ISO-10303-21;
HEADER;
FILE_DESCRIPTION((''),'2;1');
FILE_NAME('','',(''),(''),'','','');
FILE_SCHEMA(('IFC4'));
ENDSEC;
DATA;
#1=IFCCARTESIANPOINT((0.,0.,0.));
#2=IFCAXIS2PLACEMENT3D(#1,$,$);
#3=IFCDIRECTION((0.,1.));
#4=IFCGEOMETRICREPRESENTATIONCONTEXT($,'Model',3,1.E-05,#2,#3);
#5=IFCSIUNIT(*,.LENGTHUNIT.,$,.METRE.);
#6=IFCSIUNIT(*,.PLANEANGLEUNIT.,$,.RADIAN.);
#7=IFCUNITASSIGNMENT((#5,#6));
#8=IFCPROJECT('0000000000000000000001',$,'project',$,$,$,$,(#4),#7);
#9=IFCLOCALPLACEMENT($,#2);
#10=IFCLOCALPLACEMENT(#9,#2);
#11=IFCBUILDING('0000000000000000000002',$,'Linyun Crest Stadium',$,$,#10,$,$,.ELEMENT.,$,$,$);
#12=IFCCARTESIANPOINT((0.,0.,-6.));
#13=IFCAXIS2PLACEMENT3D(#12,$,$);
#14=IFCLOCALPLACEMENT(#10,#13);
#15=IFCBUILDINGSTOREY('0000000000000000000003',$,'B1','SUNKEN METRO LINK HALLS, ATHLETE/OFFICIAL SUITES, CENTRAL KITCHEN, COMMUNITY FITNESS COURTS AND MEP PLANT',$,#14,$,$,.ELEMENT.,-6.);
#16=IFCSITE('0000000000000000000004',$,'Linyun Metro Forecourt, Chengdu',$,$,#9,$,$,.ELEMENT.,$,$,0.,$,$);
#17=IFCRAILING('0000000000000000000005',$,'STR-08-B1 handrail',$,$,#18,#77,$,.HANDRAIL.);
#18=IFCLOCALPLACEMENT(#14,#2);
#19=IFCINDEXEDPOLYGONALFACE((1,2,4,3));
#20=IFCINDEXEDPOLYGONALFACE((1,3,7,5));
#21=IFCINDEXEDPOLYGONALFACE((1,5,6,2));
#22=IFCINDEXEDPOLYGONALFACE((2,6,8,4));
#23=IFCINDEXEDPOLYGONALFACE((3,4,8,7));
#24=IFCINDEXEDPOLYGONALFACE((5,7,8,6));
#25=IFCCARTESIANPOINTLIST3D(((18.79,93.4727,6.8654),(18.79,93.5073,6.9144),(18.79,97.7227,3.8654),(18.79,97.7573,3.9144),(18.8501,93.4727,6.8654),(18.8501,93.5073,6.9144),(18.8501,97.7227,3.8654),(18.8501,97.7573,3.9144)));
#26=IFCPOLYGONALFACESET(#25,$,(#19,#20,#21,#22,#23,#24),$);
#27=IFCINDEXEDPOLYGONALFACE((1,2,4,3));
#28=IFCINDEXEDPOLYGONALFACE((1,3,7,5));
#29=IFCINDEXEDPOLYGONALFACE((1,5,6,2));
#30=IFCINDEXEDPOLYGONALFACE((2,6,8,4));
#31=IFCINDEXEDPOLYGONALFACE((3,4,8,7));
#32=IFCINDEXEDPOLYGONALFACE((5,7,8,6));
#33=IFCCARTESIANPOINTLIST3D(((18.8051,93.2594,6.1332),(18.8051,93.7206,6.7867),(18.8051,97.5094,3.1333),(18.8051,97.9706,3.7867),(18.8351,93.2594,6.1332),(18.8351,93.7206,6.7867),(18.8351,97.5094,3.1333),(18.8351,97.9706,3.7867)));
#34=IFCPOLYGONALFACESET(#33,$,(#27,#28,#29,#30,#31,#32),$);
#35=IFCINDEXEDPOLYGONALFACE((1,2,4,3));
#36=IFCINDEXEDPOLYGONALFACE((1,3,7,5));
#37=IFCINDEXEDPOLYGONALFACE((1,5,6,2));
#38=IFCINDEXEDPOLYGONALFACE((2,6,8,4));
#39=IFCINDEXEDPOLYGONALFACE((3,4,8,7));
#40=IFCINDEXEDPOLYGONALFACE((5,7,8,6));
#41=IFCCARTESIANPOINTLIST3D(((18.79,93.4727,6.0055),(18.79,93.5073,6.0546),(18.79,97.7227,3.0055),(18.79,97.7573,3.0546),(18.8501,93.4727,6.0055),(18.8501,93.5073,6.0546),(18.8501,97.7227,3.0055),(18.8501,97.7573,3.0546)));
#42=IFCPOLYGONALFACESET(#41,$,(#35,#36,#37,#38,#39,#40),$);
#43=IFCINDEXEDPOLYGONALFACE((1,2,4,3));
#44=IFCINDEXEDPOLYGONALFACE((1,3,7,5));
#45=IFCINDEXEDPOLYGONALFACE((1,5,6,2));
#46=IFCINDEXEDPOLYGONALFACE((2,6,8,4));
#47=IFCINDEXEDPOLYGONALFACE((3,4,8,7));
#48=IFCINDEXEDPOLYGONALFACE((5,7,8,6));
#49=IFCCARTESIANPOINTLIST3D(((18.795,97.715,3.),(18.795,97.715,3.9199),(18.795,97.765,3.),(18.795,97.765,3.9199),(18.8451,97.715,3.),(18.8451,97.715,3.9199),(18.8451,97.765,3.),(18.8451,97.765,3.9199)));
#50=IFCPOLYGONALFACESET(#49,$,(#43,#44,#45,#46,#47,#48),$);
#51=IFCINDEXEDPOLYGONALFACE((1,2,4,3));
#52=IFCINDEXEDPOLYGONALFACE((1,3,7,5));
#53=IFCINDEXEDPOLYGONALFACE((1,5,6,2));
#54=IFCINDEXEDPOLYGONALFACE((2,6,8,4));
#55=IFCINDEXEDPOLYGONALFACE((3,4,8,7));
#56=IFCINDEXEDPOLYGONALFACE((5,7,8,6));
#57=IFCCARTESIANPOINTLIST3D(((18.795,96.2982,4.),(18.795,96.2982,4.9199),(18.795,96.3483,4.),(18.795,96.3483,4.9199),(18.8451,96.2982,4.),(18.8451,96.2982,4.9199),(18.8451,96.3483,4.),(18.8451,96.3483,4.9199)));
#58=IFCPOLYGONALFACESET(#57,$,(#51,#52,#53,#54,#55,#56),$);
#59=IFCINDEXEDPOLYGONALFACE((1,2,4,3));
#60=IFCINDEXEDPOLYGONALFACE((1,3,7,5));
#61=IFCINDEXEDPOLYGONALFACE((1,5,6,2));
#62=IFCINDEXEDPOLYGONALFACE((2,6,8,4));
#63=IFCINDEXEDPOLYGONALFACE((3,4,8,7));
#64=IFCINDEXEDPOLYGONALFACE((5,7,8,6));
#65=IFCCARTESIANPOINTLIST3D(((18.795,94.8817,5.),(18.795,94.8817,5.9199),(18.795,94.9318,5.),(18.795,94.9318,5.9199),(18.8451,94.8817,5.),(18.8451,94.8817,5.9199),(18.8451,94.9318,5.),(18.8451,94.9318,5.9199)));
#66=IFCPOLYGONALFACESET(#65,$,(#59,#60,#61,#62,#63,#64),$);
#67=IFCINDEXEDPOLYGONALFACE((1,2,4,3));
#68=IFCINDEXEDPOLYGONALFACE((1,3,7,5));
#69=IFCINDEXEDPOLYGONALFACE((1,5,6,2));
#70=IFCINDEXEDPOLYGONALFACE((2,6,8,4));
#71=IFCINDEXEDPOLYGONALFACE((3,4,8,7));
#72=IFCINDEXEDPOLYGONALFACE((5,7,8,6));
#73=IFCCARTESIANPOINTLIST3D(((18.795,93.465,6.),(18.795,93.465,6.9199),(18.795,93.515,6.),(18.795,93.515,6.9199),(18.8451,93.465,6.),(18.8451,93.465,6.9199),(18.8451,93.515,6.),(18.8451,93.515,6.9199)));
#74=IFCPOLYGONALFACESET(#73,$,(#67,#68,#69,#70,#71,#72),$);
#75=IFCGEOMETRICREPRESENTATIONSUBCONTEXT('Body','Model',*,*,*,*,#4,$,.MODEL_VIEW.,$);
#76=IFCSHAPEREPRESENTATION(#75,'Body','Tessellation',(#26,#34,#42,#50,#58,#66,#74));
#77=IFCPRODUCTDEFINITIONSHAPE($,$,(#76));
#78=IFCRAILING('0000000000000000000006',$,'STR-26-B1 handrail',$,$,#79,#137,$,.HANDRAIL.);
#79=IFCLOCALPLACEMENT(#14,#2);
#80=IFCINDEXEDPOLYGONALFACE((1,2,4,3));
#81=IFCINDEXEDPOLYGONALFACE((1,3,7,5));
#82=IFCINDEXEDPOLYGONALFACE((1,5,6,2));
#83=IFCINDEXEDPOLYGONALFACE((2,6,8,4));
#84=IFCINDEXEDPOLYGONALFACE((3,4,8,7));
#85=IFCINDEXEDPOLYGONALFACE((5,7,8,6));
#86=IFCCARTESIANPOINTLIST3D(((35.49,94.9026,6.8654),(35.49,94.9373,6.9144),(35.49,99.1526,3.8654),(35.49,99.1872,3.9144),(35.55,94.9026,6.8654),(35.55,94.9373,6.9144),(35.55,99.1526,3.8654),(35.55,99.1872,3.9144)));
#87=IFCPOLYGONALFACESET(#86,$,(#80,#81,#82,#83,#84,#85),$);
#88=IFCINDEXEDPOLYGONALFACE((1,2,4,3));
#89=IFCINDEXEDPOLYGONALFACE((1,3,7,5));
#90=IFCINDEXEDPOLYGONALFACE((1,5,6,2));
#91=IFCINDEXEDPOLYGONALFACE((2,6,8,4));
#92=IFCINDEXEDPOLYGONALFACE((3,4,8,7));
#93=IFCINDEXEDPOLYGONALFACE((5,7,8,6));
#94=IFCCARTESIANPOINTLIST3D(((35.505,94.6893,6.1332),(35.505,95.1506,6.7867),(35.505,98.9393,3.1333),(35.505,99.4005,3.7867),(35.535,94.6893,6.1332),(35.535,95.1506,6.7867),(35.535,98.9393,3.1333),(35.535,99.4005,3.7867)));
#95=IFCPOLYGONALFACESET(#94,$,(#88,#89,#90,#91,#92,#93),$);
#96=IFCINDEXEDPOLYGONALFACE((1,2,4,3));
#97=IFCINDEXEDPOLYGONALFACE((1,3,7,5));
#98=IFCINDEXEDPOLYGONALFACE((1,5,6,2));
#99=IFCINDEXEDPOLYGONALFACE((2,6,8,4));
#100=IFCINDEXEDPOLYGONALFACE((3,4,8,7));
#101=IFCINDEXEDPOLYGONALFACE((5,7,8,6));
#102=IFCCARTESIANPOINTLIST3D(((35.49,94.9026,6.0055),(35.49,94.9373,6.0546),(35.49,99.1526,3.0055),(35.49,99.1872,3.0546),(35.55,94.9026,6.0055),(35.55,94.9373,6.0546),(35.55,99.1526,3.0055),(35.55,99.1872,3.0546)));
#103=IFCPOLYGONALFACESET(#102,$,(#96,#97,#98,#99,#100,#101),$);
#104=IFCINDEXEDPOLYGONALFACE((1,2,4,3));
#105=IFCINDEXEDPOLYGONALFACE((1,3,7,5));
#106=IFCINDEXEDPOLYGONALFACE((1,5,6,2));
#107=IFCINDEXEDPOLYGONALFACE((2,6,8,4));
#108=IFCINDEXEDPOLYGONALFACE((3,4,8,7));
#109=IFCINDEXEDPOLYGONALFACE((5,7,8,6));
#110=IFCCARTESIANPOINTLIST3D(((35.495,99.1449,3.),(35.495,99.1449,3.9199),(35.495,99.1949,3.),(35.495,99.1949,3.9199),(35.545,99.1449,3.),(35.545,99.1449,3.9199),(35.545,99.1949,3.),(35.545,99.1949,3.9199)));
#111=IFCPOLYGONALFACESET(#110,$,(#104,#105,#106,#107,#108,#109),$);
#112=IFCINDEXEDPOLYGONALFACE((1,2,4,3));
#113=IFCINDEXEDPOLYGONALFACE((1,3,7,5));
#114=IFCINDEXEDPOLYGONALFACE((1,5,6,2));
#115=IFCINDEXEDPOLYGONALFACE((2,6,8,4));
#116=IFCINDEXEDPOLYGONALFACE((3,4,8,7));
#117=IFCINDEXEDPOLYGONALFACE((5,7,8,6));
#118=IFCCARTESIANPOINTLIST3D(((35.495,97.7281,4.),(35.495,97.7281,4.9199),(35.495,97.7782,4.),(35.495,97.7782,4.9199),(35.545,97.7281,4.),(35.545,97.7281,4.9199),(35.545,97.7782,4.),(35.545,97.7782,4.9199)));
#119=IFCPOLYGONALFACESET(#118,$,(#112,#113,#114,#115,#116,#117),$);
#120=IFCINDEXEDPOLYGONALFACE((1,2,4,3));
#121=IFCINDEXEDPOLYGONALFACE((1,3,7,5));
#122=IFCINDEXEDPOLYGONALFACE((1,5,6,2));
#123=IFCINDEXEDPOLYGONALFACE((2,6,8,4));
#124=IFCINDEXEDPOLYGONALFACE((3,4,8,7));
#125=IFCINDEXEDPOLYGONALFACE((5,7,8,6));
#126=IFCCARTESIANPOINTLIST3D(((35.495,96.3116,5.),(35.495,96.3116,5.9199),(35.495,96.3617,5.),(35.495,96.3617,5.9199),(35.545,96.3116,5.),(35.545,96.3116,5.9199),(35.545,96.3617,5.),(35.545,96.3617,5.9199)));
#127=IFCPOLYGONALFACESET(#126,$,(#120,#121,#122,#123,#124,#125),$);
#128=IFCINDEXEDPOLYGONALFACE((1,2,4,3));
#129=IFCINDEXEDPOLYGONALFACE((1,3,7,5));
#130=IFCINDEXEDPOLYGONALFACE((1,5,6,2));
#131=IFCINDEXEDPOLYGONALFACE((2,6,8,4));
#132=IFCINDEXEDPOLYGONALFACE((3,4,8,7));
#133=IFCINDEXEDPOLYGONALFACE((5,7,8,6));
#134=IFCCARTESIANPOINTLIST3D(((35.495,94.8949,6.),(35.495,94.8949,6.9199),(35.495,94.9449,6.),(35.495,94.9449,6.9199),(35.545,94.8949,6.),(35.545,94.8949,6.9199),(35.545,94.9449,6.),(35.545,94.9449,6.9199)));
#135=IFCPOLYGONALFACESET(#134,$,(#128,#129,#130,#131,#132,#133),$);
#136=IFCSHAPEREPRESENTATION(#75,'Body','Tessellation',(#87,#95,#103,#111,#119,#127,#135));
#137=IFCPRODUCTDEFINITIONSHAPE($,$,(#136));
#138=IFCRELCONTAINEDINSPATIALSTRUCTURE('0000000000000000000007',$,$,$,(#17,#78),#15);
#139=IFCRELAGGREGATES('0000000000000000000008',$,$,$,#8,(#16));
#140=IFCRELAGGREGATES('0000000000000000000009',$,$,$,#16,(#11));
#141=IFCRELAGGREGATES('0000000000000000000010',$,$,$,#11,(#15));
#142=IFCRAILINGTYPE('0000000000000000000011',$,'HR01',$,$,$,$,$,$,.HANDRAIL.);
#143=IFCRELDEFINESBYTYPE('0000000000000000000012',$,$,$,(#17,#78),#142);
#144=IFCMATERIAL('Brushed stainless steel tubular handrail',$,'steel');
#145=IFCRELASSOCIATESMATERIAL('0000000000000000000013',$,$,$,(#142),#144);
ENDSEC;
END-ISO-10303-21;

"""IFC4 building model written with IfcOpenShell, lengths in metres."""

from ifc_helpers import new_model, si_unit, direction, frame, origin, origin_2d, place, context, subcontext, project, spatial, rectangle, extrude, material, type_object, element, save


model = new_model("IFC4")

# Units and contexts
model_context = context("Model", 3, precision=1e-05, world=origin(), true_north=direction((0.0, 1.0)))
body_context = subcontext(model_context, "Body", "Model", "MODEL_VIEW")
ifc_project = project(units=[si_unit("LENGTHUNIT", "METRE"), si_unit("PLANEANGLEUNIT", "RADIAN")], contexts=[model_context])

# Site, building, storey
site_placement = place(None, origin())
site = spatial("IfcSite", under=ifc_project, at=site_placement, Name="Linyun Metro Forecourt, Chengdu", CompositionType="ELEMENT", RefElevation=0.0)
building_placement = place(site_placement, origin())
building = spatial("IfcBuilding", under=site, at=building_placement, Name="Linyun Crest Stadium", CompositionType="ELEMENT")
storey_placement = place(building_placement, frame((0.0, 0.0, -6.0)))
storey = spatial("IfcBuildingStorey", under=building, at=storey_placement, Name="B1", Description="SUNKEN METRO LINK HALLS, ATHLETE/OFFICIAL SUITES, CENTRAL KITCHEN, COMMUNITY FITNESS COURTS AND MEP PLANT", CompositionType="ELEMENT", Elevation=-6.0)

# Railings
ifc_material_1 = material(Name="Brushed stainless steel tubular handrail", Category="steel")
railing_type_1 = type_object("IfcRailingType", Name="HR01", PredefinedType="HANDRAIL", material=ifc_material_1)
for number, where, name in (
    (1, (18.8201, 97.74, 3.0), "STR-08-B1 handrail"),
    (2, (35.52, 99.1699, 3.0), "STR-26-B1 handrail"),
):
    element("IfcRailing", number, at=place(storey_placement, frame(where)), inside=storey, type_object=railing_type_1, Name=name, PredefinedType="HANDRAIL", context=body_context, shape_type="SweptSolid", body=[
        extrude(rectangle(XDim=0.0601, YDim=0.0601, at=origin_2d()), frame((0.0, 0.0, 0.8899), z_axis=(0.0, -0.816968, 0.576683), x_axis=(1.0, 0.0, 0.0)), (0.0, 0.0, 1.0), 5.2021),
        extrude(rectangle(XDim=0.03, YDim=0.7998, at=origin_2d()), frame((0.0, 0.0, 0.46), z_axis=(0.0, -0.816968, 0.576683), x_axis=(1.0, 0.0, 0.0)), (0.0, 0.0, 1.0), 5.2021),
        extrude(rectangle(XDim=0.0601, YDim=0.0601, at=origin_2d()), frame((0.0, 0.0, 0.03), z_axis=(0.0, -0.816968, 0.576683), x_axis=(1.0, 0.0, 0.0)), (0.0, 0.0, 1.0), 5.2021),
        extrude(rectangle(XDim=0.05, YDim=0.05, at=origin_2d()), origin(), (0.0, 0.0, 1.0), 0.9199),
        extrude(rectangle(XDim=0.05, YDim=0.05, at=origin_2d()), frame((0.0, -1.4167, 1.0)), (0.0, 0.0, 1.0), 0.9199),
        extrude(rectangle(XDim=0.05, YDim=0.05, at=origin_2d()), frame((0.0, -2.8333, 2.0)), (0.0, 0.0, 1.0), 0.9199),
        extrude(rectangle(XDim=0.05, YDim=0.05, at=origin_2d()), frame((0.0, -4.25, 3.0)), (0.0, 0.0, 1.0), 0.9199),
    ])

save(model, "model.ifc")
